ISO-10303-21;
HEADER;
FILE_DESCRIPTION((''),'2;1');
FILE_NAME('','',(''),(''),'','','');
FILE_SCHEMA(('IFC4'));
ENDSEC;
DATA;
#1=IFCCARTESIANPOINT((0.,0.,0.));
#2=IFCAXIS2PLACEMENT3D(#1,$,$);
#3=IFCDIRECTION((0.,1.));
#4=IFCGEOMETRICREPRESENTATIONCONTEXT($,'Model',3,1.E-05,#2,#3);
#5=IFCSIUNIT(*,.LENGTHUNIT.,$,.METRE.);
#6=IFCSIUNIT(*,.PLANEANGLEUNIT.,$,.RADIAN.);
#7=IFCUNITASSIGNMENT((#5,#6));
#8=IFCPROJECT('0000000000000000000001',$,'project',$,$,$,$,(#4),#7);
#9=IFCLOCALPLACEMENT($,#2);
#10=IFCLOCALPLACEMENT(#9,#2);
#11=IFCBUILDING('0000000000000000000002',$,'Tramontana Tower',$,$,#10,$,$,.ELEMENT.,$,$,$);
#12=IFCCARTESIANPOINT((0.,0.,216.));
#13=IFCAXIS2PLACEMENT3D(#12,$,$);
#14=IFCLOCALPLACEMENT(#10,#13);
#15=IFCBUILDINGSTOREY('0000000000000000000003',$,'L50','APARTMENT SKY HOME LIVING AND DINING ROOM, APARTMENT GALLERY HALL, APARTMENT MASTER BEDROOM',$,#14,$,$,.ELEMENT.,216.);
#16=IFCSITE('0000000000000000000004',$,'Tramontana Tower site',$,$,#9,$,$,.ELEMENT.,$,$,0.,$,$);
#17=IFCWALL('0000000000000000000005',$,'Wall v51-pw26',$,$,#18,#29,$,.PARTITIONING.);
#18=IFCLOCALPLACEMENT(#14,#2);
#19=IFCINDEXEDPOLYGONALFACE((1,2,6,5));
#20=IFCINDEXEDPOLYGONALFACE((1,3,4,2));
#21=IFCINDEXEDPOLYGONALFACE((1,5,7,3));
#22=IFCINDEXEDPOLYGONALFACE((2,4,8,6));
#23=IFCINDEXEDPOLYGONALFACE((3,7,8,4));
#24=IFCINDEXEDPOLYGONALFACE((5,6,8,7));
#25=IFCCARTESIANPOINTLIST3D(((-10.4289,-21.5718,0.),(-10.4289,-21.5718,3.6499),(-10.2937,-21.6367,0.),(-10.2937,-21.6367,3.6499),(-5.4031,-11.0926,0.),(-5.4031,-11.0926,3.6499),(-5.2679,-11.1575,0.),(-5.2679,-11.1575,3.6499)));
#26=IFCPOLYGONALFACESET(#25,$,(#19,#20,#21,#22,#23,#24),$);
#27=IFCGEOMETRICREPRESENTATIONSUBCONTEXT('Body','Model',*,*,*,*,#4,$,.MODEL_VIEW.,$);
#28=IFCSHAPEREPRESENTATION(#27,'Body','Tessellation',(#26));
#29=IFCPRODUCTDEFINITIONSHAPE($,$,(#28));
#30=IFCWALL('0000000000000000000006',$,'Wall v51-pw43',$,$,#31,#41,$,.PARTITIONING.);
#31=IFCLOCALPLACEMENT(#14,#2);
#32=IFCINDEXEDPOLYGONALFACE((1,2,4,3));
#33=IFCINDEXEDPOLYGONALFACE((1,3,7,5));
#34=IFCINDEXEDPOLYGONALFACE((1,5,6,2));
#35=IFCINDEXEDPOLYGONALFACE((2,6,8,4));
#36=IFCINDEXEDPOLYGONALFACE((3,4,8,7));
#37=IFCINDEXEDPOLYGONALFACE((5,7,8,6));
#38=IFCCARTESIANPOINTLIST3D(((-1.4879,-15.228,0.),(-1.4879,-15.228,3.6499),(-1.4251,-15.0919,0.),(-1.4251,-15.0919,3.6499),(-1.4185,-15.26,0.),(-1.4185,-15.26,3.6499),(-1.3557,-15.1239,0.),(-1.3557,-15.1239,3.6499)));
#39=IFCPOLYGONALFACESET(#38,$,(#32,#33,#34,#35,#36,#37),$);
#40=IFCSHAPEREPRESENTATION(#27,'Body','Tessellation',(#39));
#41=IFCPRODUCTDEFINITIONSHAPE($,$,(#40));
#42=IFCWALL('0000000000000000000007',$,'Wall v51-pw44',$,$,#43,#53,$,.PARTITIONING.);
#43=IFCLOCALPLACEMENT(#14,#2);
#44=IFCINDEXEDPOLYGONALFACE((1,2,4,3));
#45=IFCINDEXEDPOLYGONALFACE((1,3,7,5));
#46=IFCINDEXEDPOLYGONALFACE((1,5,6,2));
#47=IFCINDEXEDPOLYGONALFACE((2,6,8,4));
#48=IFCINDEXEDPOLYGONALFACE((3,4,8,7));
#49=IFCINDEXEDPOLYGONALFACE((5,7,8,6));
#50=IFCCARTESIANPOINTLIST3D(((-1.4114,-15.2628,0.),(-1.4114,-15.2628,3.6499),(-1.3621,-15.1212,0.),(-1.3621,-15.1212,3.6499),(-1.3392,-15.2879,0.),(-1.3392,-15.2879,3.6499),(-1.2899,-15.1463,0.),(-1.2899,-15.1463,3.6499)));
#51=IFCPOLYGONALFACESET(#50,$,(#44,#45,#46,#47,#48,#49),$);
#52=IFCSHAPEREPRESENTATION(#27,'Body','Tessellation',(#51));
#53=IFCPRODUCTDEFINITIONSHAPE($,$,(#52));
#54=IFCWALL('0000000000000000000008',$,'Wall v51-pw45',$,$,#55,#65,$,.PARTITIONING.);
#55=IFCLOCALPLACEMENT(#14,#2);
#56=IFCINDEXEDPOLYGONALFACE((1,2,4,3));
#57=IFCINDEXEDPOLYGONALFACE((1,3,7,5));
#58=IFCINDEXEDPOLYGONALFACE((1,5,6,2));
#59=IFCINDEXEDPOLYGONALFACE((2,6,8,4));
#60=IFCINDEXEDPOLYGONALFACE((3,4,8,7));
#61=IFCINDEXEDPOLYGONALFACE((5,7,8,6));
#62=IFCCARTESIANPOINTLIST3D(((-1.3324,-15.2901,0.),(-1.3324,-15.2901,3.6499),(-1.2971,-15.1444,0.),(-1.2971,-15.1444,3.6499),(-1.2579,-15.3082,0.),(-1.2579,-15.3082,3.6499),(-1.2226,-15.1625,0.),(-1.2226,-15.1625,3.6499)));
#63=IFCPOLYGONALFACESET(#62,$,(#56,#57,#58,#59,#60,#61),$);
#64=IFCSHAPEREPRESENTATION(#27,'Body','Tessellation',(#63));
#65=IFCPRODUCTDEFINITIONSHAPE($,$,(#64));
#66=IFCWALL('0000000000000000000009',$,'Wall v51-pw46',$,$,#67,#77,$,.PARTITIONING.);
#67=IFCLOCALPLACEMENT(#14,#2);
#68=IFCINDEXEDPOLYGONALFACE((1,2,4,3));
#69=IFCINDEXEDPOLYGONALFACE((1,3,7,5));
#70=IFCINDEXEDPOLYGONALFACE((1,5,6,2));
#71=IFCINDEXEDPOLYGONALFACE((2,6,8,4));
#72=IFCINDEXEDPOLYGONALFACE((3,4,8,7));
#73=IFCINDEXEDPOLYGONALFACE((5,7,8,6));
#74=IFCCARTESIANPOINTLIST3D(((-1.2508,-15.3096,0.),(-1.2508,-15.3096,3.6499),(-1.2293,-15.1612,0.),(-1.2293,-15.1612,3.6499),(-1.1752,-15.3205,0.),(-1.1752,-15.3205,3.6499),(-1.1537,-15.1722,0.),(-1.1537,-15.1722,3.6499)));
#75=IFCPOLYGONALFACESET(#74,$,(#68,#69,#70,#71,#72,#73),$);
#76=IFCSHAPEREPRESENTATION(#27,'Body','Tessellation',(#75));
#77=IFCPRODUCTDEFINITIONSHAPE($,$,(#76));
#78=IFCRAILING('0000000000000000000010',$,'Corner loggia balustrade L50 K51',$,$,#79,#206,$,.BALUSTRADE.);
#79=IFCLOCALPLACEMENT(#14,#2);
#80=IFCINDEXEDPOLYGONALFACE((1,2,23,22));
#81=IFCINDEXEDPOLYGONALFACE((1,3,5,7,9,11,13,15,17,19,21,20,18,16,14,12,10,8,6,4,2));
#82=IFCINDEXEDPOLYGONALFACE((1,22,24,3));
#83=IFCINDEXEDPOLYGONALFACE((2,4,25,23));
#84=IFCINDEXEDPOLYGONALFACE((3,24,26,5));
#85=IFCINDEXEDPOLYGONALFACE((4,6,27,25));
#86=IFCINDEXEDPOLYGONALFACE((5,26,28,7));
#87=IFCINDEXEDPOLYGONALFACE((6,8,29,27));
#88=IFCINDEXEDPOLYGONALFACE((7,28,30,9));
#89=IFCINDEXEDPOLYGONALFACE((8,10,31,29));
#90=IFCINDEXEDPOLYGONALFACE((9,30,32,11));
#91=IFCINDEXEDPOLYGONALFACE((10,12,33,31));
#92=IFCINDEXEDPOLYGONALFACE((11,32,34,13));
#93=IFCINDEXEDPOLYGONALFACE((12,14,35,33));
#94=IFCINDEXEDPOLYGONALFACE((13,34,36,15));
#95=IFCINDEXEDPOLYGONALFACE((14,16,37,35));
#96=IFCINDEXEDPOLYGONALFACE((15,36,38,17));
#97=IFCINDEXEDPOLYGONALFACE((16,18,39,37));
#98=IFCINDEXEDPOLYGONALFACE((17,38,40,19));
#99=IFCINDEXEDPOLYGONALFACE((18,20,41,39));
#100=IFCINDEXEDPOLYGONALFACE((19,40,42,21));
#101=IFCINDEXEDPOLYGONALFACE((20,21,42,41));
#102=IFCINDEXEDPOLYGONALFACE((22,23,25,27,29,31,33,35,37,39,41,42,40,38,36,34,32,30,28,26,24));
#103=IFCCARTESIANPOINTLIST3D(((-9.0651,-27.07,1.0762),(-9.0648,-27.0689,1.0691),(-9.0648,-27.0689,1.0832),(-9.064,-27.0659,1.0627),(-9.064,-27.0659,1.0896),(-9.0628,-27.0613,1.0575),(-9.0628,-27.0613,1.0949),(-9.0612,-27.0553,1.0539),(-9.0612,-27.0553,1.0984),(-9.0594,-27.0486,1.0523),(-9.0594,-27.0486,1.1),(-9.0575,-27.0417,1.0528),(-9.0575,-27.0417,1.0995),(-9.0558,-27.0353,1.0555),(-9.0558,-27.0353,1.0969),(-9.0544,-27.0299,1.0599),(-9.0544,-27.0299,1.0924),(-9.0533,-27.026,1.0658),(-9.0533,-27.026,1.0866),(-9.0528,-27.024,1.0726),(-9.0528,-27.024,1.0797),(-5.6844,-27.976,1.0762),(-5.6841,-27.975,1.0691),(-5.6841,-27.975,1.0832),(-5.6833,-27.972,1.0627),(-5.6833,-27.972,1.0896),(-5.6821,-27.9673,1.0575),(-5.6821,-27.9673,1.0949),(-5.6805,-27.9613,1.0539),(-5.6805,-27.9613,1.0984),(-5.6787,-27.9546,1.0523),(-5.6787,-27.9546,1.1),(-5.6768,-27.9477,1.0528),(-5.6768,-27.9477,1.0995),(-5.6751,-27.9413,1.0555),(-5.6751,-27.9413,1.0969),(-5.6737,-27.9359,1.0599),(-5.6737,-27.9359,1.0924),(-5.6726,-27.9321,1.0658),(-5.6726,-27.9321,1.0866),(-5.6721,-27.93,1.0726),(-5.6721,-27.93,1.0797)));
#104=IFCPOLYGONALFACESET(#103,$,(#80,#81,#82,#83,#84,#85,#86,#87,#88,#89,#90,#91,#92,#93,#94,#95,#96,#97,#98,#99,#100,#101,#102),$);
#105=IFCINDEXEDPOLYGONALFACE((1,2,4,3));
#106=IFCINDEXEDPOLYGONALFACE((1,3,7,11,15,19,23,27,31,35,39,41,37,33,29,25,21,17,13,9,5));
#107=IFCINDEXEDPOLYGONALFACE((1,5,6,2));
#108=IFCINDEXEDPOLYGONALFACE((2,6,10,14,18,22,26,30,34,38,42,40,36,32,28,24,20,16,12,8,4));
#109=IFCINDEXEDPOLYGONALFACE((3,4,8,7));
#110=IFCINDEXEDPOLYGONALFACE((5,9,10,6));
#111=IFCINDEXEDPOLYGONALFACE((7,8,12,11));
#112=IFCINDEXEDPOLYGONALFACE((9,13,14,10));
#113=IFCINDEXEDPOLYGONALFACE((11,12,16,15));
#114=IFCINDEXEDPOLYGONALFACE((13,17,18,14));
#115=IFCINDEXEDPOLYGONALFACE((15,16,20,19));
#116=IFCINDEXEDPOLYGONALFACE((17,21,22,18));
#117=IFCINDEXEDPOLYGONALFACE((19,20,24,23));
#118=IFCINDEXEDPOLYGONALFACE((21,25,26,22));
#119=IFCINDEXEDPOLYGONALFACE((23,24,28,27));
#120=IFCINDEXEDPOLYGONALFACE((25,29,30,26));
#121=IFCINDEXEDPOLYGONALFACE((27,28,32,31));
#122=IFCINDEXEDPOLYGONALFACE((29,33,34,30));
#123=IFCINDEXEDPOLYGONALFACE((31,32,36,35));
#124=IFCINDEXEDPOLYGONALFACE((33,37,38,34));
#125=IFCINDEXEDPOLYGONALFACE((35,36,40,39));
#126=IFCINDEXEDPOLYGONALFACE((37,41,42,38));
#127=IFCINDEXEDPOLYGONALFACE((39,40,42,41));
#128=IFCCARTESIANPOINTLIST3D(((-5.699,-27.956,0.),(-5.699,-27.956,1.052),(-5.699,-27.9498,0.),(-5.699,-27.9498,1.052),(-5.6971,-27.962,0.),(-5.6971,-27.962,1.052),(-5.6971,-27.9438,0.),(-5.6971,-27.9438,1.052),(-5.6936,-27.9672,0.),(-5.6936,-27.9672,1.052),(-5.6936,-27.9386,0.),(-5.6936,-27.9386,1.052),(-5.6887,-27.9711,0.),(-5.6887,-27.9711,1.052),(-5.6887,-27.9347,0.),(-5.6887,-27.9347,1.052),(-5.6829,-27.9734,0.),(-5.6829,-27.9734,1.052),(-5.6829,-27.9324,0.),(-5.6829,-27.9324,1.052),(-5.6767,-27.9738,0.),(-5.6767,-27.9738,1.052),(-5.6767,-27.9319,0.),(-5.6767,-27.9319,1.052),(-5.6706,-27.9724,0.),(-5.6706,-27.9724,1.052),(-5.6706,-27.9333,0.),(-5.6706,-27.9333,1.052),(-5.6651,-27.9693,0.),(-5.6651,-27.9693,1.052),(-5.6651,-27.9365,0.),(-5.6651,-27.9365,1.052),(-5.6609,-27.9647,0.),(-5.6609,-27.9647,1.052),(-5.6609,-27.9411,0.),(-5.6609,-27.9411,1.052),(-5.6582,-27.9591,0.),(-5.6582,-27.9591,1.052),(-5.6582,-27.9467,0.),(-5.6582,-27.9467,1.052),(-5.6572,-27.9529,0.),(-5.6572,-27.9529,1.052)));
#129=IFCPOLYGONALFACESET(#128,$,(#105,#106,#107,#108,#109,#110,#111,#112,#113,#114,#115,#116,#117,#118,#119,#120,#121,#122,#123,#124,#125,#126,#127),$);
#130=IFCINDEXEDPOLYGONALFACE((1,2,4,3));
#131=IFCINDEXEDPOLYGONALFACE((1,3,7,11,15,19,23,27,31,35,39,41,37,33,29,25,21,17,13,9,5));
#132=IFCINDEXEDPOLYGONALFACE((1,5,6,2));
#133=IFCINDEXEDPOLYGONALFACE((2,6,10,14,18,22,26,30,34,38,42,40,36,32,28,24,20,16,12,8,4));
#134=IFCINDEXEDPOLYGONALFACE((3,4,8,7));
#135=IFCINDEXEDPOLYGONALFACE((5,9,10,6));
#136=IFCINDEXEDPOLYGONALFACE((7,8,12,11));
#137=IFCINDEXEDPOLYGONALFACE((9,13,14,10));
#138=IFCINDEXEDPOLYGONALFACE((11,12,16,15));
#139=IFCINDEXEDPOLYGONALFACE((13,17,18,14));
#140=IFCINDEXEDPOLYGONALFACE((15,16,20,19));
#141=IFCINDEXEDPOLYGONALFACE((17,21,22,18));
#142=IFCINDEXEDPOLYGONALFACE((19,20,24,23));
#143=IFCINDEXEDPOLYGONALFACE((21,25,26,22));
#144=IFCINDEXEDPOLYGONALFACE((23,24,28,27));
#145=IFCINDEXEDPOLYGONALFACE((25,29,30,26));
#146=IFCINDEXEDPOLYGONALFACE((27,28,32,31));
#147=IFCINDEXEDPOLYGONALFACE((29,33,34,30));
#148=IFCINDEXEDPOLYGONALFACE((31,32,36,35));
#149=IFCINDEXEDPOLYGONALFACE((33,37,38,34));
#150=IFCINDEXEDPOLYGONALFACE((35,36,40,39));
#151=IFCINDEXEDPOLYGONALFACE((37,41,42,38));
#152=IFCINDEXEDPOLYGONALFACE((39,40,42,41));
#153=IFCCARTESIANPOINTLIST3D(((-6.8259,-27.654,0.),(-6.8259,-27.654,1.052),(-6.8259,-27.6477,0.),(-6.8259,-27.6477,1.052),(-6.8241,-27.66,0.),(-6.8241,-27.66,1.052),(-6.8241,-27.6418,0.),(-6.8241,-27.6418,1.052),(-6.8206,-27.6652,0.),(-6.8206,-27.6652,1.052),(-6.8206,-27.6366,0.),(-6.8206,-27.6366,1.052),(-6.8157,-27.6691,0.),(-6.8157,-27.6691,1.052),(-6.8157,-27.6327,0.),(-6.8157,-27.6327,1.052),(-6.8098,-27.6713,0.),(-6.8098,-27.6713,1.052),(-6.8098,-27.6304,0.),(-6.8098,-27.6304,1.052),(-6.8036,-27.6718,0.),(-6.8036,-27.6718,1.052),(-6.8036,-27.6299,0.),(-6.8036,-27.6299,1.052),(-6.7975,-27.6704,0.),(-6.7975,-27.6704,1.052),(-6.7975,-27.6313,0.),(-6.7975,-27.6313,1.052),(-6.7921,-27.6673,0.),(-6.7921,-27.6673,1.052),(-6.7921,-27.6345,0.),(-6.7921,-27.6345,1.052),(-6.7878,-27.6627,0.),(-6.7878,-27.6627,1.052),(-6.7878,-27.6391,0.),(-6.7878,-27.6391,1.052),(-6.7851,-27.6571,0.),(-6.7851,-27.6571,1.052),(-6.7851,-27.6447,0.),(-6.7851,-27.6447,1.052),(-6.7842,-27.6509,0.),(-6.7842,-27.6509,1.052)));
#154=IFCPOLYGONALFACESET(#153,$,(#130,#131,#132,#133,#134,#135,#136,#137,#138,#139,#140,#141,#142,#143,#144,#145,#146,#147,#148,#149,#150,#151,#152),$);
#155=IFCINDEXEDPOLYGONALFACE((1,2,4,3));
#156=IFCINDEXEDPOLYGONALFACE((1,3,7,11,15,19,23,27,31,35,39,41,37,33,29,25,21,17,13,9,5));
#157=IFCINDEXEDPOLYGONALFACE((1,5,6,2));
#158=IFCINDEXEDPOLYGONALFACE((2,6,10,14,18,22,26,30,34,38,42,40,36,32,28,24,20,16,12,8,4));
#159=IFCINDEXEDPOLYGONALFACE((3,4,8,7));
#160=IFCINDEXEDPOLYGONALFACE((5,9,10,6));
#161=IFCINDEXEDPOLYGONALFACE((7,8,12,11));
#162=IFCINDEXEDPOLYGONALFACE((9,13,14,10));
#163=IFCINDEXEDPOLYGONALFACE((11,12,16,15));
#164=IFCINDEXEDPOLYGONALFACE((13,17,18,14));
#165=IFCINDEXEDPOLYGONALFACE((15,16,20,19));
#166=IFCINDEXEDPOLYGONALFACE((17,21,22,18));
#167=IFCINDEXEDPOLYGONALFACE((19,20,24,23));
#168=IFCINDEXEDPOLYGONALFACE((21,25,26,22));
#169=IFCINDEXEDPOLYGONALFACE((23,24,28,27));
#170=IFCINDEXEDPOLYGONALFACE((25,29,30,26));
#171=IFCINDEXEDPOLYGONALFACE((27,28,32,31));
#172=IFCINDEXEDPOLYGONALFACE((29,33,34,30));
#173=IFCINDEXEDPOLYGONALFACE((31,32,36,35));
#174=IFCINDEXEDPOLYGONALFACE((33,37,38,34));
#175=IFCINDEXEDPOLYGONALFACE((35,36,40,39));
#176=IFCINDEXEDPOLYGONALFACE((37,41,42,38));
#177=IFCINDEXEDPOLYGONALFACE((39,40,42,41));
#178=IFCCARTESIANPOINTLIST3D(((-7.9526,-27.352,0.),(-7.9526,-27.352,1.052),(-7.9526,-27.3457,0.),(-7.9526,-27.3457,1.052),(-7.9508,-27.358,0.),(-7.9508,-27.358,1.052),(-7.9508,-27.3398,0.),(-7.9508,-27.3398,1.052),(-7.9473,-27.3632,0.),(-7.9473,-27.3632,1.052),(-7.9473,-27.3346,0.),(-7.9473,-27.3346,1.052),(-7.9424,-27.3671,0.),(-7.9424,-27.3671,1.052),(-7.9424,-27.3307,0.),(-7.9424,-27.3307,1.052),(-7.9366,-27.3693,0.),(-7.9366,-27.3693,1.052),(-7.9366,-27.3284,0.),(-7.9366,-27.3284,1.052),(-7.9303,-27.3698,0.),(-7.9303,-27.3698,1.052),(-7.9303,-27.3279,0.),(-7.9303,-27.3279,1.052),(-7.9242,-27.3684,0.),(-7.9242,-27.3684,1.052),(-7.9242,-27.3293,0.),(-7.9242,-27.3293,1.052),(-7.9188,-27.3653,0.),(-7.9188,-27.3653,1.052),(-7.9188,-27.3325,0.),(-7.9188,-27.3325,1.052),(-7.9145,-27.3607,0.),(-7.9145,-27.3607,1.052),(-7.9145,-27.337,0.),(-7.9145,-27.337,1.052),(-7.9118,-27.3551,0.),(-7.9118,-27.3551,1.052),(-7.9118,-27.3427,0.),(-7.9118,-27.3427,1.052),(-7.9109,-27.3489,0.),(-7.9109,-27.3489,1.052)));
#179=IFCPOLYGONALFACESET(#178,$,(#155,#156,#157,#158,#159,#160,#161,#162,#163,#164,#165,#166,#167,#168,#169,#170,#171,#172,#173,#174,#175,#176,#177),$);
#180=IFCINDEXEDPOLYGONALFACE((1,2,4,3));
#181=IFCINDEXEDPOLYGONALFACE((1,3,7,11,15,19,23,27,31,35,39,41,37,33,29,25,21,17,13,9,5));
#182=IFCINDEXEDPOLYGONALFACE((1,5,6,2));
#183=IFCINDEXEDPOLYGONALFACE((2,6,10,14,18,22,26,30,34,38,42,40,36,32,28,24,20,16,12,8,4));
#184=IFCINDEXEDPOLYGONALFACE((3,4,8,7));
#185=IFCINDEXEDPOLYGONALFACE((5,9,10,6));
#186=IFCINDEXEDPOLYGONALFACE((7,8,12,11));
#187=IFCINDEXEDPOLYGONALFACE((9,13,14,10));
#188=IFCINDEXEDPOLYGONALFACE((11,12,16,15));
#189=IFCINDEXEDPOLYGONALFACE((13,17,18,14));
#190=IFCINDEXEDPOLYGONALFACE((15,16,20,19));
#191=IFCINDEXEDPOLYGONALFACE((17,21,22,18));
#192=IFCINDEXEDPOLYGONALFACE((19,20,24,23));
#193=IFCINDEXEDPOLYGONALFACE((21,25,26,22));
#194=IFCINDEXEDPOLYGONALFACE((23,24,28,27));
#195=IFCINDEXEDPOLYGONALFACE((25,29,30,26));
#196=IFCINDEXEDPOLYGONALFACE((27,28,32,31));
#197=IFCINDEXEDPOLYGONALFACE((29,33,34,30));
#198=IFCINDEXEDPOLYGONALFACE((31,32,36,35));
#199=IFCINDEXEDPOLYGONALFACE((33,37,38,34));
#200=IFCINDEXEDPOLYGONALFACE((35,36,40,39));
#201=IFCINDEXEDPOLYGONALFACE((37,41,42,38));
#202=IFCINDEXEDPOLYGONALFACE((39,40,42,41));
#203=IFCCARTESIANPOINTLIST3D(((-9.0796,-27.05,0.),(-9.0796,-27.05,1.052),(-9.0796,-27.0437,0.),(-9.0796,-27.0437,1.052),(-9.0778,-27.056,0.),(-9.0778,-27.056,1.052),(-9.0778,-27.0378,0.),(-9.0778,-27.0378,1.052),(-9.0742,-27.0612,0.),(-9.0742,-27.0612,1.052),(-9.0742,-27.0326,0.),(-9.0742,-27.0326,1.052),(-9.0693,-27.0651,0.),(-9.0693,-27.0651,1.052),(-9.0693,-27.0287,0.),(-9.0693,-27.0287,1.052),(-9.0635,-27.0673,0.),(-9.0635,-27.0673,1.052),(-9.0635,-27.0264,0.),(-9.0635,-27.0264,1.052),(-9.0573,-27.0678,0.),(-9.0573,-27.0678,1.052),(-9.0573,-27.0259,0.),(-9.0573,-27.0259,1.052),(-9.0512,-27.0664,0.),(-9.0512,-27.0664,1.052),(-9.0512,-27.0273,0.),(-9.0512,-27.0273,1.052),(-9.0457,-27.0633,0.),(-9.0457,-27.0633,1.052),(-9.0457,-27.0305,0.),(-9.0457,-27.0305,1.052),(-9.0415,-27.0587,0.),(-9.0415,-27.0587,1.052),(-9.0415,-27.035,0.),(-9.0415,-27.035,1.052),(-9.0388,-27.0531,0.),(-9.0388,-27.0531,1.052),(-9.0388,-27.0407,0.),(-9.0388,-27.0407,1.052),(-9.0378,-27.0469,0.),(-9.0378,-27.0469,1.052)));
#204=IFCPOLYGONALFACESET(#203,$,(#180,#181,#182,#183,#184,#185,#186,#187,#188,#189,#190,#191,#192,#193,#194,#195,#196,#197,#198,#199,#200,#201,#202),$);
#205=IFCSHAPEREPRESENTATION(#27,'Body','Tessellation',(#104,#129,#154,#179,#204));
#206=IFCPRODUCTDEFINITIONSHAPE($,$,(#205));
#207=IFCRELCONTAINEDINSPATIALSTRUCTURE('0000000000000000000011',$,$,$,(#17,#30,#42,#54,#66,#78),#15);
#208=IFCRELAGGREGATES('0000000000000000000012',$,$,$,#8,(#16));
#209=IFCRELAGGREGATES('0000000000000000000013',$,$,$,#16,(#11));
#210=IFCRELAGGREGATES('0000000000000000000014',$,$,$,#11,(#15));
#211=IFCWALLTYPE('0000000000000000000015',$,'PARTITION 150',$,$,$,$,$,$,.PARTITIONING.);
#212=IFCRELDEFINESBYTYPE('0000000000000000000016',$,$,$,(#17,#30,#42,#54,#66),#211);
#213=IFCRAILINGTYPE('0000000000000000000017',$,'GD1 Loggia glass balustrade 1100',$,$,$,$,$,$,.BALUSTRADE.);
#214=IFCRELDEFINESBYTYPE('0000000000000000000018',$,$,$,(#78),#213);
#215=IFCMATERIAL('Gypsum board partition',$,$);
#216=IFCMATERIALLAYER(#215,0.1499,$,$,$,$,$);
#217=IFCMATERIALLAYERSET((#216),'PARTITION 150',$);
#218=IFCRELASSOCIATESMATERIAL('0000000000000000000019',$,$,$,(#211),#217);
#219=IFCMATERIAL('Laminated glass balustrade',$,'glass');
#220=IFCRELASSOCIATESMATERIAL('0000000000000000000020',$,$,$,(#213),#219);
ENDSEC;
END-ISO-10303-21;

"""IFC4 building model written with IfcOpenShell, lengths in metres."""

from ifc_helpers import new_model, si_unit, direction, frame, frame_2d, origin, origin_2d, place, context, subcontext, project, spatial, rectangle, circle, extrude, material, layer, layer_set, type_object, element, save


model = new_model("IFC4")

# Units and contexts
model_context = context("Model", 3, precision=1e-05, world=origin(), true_north=direction((0.0, 1.0)))
body_context = subcontext(model_context, "Body", "Model", "MODEL_VIEW")
ifc_project = project(units=[si_unit("LENGTHUNIT", "METRE"), si_unit("PLANEANGLEUNIT", "RADIAN")], contexts=[model_context])

# Site, building, storey
site_placement = place(None, origin())
site = spatial("IfcSite", under=ifc_project, at=site_placement, Name="Tramontana Tower site", CompositionType="ELEMENT", RefElevation=0.0)
building_placement = place(site_placement, origin())
building = spatial("IfcBuilding", under=site, at=building_placement, Name="Tramontana Tower", CompositionType="ELEMENT")
storey_placement = place(building_placement, frame((0.0, 0.0, 216.0)))
storey = spatial("IfcBuildingStorey", under=building, at=storey_placement, Name="L50", Description="APARTMENT SKY HOME LIVING AND DINING ROOM, APARTMENT GALLERY HALL, APARTMENT MASTER BEDROOM", CompositionType="ELEMENT", Elevation=216.0)

# Walls
ifc_material_1 = material(Name="Gypsum board partition")
ifc_layer_1 = layer(ifc_material_1, 0.1499)
ifc_layer_set_1 = layer_set([ifc_layer_1], Name="PARTITION 150")
wall_type_1 = type_object("IfcWallType", Name="PARTITION 150", PredefinedType="PARTITIONING", material=ifc_layer_set_1)
wall_1_placement = place(storey_placement, frame((-10.3613, -21.6042, 0.0), z_axis=(0.0, 0.0, 1.0), x_axis=(0.43244, 0.901663, 0.0)))
element("IfcWall", 1, at=wall_1_placement, inside=storey, type_object=wall_type_1, Name="Wall v51-pw26", PredefinedType="PARTITIONING", context=body_context, shape_type="SweptSolid", body=[
    extrude(rectangle(XDim=11.6221, YDim=0.1499, at=frame_2d((5.811, 0.0))), origin(), (0.0, 0.0, 1.0), 3.6499),
])
for number, where, z_axis, x_axis, name in (
    (2, (-1.3872, -15.1919, 0.0), (0.0, 0.0, 1.0), (-0.908053, 0.418855, 0.0), "Wall v51-pw43"),
    (3, (-1.3147, -15.217, 0.0), (0.0, 0.0, 1.0), (-0.944454, 0.328644, 0.0), "Wall v51-pw44"),
):
    element("IfcWall", number, at=place(storey_placement, frame(where, z_axis=z_axis, x_axis=x_axis)), inside=storey, type_object=wall_type_1, Name=name, PredefinedType="PARTITIONING", context=body_context, shape_type="SweptSolid", body=[
        extrude(rectangle(XDim=0.0764, YDim=0.1499, at=frame_2d((0.0381, 0.0))), origin(), (0.0, 0.0, 1.0), 3.6499),
    ])
wall_2_placement = place(storey_placement, frame((-1.2402, -15.2354, 0.0), z_axis=(0.0, 0.0, 1.0), x_axis=(-0.971806, 0.235782, 0.0)))
element("IfcWall", 4, at=wall_2_placement, inside=storey, type_object=wall_type_1, Name="Wall v51-pw45", PredefinedType="PARTITIONING", context=body_context, shape_type="SweptSolid", body=[
    extrude(rectangle(XDim=0.0767, YDim=0.1499, at=frame_2d((0.0383, 0.0))), origin(), (0.0, 0.0, 1.0), 3.6499),
])
wall_3_placement = place(storey_placement, frame((-1.1646, -15.2463, 0.0), z_axis=(0.0, 0.0, 1.0), x_axis=(-0.989628, 0.143656, 0.0)))
element("IfcWall", 5, at=wall_3_placement, inside=storey, type_object=wall_type_1, Name="Wall v51-pw46", PredefinedType="PARTITIONING", context=body_context, shape_type="SweptSolid", body=[
    extrude(rectangle(XDim=0.0764, YDim=0.1499, at=frame_2d((0.0381, 0.0))), origin(), (0.0, 0.0, 1.0), 3.6499),
])

# Railing
ifc_material_2 = material(Name="Laminated glass balustrade", Category="glass")
railing_type = type_object("IfcRailingType", Name="GD1 Loggia glass balustrade 1100", PredefinedType="BALUSTRADE", material=ifc_material_2)
railing_placement = place(storey_placement, frame((-5.6782, -27.9529, 0.0)))
element("IfcRailing", 6, at=railing_placement, inside=storey, type_object=railing_type, Name="Corner loggia balustrade L50 K51", PredefinedType="BALUSTRADE", context=body_context, shape_type="SweptSolid", body=[
    extrude(circle(Radius=0.0239, at=origin_2d()), frame((0.0, 0.0, 1.0762), z_axis=(-0.965913, 0.258865, 0.0), x_axis=(-0.258865, -0.965913, 0.0)), (0.0, 0.0, 1.0), 3.5),
    extrude(circle(Radius=0.021, at=origin_2d()), origin(), (0.0, 0.0, 1.0), 1.052),
    extrude(circle(Radius=0.021, at=origin_2d()), frame((-1.127, 0.302, 0.0)), (0.0, 0.0, 1.0), 1.052),
    extrude(circle(Radius=0.021, at=origin_2d()), frame((-2.2537, 0.604, 0.0)), (0.0, 0.0, 1.0), 1.052),
    extrude(circle(Radius=0.021, at=origin_2d()), frame((-3.3806, 0.906, 0.0)), (0.0, 0.0, 1.0), 1.052),
])

save(model, "model.ifc")
